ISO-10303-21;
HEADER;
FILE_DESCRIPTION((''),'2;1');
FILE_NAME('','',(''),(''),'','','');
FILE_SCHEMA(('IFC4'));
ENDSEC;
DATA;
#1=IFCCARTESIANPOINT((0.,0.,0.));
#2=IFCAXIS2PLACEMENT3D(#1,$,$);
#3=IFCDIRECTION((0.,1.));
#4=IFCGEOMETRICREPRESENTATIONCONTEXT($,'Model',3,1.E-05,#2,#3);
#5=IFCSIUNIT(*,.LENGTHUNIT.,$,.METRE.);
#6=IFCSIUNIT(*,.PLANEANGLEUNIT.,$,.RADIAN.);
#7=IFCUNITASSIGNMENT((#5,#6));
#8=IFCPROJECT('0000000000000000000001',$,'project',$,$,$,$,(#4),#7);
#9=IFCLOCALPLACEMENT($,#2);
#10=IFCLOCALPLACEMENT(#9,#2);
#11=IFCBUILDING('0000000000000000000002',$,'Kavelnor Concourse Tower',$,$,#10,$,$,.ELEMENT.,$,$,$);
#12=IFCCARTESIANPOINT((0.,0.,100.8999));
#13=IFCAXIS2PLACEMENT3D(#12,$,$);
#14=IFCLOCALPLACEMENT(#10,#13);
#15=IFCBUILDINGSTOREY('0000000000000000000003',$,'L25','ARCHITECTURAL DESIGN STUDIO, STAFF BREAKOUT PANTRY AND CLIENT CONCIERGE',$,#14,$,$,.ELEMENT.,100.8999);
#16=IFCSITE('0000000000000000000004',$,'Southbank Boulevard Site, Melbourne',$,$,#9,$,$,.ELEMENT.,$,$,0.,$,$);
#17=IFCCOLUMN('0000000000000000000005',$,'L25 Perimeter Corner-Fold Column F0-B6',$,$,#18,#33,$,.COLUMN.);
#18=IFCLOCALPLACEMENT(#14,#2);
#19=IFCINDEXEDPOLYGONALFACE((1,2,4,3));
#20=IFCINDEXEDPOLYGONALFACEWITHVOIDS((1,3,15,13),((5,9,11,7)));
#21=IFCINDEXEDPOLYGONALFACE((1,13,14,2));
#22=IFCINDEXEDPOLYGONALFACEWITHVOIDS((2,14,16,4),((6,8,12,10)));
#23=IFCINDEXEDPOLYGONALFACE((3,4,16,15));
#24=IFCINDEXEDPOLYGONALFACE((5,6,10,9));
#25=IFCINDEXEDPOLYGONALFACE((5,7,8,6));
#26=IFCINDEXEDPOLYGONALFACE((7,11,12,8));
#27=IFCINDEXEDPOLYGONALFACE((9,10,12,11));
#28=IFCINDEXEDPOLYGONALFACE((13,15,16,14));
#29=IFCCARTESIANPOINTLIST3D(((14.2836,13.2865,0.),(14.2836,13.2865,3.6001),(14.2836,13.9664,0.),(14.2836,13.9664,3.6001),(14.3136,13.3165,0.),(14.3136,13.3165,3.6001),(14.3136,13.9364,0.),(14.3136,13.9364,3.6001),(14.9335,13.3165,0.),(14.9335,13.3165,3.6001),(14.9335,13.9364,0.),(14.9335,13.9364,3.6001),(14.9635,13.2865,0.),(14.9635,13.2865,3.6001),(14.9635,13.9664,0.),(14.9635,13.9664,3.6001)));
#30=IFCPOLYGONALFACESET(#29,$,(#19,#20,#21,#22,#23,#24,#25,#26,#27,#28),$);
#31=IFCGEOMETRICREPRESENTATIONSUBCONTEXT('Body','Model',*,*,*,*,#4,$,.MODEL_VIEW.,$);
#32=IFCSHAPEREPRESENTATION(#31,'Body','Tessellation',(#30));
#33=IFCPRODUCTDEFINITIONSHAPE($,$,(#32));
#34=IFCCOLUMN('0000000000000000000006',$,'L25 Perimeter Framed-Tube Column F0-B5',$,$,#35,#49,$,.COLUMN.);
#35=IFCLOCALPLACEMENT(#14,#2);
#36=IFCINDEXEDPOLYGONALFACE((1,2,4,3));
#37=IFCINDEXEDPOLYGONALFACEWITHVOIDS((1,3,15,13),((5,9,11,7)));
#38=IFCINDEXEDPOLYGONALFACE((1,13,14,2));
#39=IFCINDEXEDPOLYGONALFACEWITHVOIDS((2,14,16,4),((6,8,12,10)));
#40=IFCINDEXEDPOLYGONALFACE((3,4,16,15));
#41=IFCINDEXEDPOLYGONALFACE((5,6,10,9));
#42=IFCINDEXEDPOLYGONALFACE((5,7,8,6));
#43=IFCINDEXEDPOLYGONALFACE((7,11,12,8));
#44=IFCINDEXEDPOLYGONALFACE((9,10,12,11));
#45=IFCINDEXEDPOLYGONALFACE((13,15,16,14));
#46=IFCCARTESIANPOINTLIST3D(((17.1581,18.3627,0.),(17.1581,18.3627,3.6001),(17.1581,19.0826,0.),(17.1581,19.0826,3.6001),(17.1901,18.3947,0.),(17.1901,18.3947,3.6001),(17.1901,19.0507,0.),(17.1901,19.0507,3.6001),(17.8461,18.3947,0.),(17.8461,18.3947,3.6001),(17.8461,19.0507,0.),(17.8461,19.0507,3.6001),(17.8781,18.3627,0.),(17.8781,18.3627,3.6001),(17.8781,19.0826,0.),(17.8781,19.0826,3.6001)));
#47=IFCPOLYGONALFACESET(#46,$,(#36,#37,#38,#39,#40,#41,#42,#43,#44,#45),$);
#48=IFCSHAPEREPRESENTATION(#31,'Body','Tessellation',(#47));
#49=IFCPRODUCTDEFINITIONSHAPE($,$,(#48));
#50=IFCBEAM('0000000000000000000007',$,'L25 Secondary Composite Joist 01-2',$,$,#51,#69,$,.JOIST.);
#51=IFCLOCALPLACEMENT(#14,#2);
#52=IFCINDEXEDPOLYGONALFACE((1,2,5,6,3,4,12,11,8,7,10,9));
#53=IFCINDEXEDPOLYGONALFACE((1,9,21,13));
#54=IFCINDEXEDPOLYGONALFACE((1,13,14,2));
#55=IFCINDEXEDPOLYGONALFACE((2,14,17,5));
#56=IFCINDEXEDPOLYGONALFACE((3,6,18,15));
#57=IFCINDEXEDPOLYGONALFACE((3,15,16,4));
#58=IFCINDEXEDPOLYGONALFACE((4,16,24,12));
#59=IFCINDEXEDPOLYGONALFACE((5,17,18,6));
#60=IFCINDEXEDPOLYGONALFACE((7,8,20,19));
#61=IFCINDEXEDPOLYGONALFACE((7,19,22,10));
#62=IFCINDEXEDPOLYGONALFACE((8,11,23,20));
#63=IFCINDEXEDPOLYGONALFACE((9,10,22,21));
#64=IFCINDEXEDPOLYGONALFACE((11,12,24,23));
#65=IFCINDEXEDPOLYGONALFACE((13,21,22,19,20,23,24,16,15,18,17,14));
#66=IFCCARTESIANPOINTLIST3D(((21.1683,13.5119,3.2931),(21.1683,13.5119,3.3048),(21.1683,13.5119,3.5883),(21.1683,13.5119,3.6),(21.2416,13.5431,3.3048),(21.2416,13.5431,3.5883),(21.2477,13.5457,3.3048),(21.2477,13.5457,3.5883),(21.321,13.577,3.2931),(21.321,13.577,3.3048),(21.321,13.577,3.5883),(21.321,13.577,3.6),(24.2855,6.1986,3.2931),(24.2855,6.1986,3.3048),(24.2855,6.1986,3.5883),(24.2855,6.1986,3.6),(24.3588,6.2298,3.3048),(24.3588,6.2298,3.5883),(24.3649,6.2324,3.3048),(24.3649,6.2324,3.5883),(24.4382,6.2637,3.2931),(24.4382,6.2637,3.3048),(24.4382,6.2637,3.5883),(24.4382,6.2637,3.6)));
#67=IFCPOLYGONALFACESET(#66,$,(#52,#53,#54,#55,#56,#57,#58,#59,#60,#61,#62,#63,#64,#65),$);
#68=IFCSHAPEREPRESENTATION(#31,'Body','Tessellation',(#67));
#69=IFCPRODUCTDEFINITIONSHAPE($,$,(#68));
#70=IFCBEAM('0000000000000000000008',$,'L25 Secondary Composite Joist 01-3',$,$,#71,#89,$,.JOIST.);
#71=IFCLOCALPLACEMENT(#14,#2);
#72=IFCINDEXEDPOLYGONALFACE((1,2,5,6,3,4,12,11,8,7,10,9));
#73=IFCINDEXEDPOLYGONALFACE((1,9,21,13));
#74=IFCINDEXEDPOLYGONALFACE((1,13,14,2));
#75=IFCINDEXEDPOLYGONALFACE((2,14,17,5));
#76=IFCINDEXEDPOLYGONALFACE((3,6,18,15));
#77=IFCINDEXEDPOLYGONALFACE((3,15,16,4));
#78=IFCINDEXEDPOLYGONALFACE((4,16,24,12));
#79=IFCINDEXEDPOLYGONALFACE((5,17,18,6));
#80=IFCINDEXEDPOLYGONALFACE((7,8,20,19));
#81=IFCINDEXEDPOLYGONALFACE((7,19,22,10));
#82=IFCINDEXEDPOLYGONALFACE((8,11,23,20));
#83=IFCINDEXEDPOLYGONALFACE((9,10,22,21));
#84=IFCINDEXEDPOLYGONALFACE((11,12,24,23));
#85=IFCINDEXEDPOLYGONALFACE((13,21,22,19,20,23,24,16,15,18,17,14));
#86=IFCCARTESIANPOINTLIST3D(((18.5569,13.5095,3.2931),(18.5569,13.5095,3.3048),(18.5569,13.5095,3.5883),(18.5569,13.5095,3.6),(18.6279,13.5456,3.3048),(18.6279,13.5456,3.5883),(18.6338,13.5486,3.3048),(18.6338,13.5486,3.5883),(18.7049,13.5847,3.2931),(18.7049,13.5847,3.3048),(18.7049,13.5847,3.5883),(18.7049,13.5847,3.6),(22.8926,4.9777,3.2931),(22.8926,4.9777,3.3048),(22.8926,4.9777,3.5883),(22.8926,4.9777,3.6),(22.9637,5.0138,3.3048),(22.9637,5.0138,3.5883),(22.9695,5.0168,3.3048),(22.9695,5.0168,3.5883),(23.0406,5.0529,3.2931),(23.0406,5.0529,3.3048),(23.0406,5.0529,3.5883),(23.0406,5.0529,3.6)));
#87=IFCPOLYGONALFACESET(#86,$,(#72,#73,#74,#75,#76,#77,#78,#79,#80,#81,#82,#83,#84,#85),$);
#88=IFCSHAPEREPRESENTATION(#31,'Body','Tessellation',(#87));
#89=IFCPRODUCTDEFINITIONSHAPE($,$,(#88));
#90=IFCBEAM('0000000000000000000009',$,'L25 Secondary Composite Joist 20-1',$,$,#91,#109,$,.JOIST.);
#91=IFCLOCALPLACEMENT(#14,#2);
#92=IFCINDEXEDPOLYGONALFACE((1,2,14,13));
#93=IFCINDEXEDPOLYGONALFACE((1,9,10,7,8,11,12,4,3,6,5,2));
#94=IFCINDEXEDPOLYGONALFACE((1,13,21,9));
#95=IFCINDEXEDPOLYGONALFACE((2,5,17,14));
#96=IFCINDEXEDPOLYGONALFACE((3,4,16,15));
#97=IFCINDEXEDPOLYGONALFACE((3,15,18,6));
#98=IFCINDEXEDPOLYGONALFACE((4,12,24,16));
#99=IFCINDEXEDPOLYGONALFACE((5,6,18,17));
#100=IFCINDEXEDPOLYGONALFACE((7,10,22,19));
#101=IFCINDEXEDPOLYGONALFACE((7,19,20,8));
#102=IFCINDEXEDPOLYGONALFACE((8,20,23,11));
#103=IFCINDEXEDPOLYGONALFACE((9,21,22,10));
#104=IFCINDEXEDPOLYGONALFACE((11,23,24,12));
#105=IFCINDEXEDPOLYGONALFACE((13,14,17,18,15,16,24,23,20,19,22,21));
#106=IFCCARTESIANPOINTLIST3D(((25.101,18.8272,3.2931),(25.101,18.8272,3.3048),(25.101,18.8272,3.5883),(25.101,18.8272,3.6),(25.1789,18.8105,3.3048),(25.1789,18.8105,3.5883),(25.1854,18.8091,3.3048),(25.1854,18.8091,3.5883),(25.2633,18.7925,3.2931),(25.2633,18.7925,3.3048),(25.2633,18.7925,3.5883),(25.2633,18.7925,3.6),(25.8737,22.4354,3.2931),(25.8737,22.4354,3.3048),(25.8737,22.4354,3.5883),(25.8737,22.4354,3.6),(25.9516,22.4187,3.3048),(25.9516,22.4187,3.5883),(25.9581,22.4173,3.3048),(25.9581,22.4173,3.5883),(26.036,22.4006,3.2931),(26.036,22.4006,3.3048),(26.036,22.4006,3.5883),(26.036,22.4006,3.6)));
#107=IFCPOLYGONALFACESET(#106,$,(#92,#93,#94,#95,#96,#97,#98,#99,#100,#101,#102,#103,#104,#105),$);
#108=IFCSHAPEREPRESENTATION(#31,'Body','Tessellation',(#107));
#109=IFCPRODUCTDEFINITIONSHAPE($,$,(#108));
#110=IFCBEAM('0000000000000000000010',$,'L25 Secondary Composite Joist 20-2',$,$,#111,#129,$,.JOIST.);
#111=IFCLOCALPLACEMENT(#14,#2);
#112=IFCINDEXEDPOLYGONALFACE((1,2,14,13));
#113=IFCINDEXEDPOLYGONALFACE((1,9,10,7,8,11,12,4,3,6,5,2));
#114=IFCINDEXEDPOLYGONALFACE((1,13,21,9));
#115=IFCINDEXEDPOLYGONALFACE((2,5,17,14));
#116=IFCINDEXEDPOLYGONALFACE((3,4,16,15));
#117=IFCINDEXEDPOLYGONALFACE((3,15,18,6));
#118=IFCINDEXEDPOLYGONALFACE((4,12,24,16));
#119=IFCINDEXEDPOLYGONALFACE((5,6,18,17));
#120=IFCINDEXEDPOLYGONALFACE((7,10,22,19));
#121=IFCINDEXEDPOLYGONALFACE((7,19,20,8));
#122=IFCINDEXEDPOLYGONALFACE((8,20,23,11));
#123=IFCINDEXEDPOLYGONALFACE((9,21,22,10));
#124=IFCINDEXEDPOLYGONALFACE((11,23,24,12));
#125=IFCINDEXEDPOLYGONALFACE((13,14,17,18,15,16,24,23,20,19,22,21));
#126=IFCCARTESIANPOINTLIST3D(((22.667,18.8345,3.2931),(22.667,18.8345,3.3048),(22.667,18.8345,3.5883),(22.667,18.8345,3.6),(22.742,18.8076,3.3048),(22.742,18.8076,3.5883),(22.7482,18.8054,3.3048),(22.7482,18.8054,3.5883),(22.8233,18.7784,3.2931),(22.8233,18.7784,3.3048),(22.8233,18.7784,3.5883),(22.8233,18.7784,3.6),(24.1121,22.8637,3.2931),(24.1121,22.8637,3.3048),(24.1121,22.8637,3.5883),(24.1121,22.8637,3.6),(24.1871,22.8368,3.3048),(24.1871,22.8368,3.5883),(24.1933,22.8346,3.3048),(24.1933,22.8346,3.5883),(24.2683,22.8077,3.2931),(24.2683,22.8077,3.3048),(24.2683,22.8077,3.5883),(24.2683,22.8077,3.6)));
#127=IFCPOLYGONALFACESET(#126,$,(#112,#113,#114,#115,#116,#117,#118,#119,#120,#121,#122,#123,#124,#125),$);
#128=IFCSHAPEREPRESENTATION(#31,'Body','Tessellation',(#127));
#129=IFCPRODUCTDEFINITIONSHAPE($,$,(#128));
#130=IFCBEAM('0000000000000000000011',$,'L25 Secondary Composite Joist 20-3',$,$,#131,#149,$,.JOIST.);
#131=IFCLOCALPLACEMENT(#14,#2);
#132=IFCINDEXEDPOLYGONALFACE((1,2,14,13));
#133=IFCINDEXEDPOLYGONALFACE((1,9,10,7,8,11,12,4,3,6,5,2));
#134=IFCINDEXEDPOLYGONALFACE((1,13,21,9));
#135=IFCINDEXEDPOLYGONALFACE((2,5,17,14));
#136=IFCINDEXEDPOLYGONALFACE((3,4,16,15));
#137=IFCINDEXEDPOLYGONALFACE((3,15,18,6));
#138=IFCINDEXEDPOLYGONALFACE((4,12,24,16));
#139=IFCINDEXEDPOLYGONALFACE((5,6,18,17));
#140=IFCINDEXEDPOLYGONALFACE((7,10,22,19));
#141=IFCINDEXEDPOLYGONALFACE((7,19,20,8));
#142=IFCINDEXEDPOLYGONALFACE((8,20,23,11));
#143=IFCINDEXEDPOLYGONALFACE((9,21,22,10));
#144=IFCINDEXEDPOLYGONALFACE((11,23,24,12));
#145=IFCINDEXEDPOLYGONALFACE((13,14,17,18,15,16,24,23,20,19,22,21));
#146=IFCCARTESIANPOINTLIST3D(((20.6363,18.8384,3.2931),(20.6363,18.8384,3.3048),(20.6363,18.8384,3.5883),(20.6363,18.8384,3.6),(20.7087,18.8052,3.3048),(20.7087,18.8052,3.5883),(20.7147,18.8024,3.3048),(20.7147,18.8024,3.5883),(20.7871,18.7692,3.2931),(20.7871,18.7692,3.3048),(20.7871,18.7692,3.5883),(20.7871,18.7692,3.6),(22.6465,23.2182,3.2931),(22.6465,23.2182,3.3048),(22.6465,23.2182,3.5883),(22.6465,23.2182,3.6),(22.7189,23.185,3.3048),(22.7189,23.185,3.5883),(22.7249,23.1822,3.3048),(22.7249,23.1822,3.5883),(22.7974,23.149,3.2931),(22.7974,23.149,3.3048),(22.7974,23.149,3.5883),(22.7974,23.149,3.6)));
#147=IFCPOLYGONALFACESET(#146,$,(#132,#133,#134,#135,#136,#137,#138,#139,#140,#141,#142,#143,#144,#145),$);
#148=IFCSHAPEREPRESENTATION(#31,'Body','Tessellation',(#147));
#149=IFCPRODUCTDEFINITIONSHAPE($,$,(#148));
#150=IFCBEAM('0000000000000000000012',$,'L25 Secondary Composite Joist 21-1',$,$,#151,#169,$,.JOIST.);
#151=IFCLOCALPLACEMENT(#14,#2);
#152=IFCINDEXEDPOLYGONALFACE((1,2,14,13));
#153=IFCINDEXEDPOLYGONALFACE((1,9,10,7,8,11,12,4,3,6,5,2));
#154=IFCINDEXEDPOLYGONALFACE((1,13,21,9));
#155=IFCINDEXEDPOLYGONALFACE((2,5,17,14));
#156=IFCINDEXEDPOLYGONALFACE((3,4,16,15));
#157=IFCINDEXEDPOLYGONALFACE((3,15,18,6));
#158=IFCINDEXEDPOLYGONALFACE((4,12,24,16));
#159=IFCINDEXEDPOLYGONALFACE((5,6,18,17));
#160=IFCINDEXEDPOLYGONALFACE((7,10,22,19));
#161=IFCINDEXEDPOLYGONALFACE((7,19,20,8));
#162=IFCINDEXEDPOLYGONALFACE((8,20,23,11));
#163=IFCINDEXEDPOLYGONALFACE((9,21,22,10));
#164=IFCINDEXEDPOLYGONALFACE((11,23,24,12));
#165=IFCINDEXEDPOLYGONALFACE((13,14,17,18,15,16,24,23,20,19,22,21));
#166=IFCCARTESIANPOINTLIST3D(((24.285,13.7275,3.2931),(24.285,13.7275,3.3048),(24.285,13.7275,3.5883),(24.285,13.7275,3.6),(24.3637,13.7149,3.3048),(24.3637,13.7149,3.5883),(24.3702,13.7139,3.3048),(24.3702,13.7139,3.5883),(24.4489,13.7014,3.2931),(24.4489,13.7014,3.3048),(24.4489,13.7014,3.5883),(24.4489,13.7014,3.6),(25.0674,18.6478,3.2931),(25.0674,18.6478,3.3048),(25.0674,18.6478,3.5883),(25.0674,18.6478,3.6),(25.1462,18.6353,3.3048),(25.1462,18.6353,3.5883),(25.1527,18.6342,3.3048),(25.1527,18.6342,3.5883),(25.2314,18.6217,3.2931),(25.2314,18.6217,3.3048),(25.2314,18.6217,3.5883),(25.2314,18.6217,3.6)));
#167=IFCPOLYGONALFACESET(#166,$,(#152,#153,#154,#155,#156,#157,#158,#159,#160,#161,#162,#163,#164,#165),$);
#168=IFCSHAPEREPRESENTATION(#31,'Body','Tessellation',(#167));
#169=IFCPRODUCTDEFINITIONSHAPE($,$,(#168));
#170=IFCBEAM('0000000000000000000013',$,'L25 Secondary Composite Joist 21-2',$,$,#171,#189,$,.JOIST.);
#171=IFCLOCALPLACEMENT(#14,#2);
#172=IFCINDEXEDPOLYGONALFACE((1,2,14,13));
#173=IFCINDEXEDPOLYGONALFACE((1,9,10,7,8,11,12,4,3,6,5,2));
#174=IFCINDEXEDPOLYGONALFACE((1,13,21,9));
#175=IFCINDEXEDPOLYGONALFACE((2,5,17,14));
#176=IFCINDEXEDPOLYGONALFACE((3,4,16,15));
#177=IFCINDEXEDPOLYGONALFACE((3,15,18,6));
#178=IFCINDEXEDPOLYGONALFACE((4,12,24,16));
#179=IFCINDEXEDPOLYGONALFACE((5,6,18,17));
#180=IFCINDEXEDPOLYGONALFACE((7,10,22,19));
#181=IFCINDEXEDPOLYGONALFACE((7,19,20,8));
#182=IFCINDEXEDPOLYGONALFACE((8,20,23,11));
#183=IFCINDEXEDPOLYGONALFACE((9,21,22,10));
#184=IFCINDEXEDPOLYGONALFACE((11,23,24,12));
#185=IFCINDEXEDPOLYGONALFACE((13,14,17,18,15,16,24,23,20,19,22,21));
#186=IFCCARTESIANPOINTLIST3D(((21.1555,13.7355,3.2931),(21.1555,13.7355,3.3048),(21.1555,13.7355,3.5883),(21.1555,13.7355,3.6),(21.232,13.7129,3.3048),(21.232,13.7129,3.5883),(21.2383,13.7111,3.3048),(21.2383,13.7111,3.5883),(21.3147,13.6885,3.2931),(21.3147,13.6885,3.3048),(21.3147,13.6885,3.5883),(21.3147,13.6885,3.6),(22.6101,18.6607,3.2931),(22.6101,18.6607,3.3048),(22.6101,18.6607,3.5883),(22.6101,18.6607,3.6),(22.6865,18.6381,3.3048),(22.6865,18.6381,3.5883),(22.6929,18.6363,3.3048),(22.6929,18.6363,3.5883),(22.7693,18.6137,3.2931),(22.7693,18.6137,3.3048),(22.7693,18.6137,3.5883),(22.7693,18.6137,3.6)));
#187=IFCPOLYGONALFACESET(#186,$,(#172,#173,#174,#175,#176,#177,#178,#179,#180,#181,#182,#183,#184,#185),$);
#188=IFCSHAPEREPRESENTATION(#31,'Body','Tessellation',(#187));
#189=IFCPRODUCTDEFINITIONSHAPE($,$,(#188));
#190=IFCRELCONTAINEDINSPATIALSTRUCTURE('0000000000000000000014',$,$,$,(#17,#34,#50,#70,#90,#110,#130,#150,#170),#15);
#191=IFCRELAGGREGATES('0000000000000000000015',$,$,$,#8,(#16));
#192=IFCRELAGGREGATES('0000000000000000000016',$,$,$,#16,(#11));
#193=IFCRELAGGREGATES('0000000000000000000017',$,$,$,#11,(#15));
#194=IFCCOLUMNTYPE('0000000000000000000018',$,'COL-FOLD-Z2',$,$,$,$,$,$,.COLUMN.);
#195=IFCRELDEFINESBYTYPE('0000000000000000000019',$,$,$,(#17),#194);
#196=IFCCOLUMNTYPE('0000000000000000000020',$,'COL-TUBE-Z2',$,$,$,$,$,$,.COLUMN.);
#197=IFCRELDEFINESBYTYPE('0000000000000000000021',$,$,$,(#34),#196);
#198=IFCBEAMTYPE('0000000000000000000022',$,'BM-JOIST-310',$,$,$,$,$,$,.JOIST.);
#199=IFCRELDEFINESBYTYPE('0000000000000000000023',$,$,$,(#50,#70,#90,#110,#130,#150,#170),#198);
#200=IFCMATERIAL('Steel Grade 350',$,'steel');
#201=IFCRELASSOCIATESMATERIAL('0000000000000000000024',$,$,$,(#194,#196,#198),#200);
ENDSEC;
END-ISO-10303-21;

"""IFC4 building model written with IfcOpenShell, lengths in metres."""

from ifc_helpers import new_model, si_unit, direction, frame, origin, origin_2d, place, context, subcontext, project, spatial, hollow_rectangle, i_section, extrude, material, material_profile, profile_set, type_object, element, save


model = new_model("IFC4")

# Units and contexts
model_context = context("Model", 3, precision=1e-05, world=origin(), true_north=direction((0.0, 1.0)))
body_context = subcontext(model_context, "Body", "Model", "MODEL_VIEW")
ifc_project = project(units=[si_unit("LENGTHUNIT", "METRE"), si_unit("PLANEANGLEUNIT", "RADIAN")], contexts=[model_context])

# Site, building, storey
site_placement = place(None, origin())
site = spatial("IfcSite", under=ifc_project, at=site_placement, Name="Southbank Boulevard Site, Melbourne", CompositionType="ELEMENT", RefElevation=0.0)
building_placement = place(site_placement, origin())
building = spatial("IfcBuilding", under=site, at=building_placement, Name="Kavelnor Concourse Tower", CompositionType="ELEMENT")
storey_placement = place(building_placement, frame((0.0, 0.0, 100.8999)))
storey = spatial("IfcBuildingStorey", under=building, at=storey_placement, Name="L25", Description="ARCHITECTURAL DESIGN STUDIO, STAFF BREAKOUT PANTRY AND CLIENT CONCIERGE", CompositionType="ELEMENT", Elevation=100.8999)

# Columns
ifc_material_1 = material(Name="Steel Grade 350", Category="steel")
ifc_material_profile_1 = material_profile(ifc_material_1, hollow_rectangle(XDim=0.6799, YDim=0.6799, WallThickness=0.03, at=origin_2d()), Name="SHS 680x680x30")
ifc_profile_set_1 = profile_set([ifc_material_profile_1], Name="Steel Grade 350")
column_type_1 = type_object("IfcColumnType", Name="COL-FOLD-Z2", PredefinedType="COLUMN", material=ifc_profile_set_1)
column_1_placement = place(storey_placement, frame((14.6235, 13.6265, 0.0), z_axis=(0.0, 0.0, 1.0), x_axis=(1.0, 0.0, 0.0)))
element("IfcColumn", 1, at=column_1_placement, inside=storey, type_object=column_type_1, Name="L25 Perimeter Corner-Fold Column F0-B6", PredefinedType="COLUMN", context=body_context, shape_type="SweptSolid", body=[
    extrude(hollow_rectangle(XDim=0.6799, YDim=0.6799, WallThickness=0.03, at=origin_2d()), origin(), (0.0, 0.0, 1.0), 3.6001),
])
ifc_material_profile_2 = material_profile(ifc_material_1, hollow_rectangle(XDim=0.72, YDim=0.72, WallThickness=0.032, at=origin_2d()), Name="SHS 720x720x32")
ifc_profile_set_2 = profile_set([ifc_material_profile_2], Name="Steel Grade 350")
column_type_2 = type_object("IfcColumnType", Name="COL-TUBE-Z2", PredefinedType="COLUMN", material=ifc_profile_set_2)
column_2_placement = place(storey_placement, frame((17.5181, 18.7227, 0.0), z_axis=(0.0, 0.0, 1.0), x_axis=(1.0, 0.0, 0.0)))
element("IfcColumn", 2, at=column_2_placement, inside=storey, type_object=column_type_2, Name="L25 Perimeter Framed-Tube Column F0-B5", PredefinedType="COLUMN", context=body_context, shape_type="SweptSolid", body=[
    extrude(hollow_rectangle(XDim=0.72, YDim=0.72, WallThickness=0.032, at=origin_2d()), origin(), (0.0, 0.0, 1.0), 3.6001),
])

# Beams
ifc_material_profile_3 = material_profile(ifc_material_1, i_section(OverallWidth=0.166, OverallDepth=0.3069, WebThickness=0.0066, FlangeThickness=0.0117, at=origin_2d()), Name="310UB46")
ifc_profile_set_3 = profile_set([ifc_material_profile_3], Name="Steel Grade 350")
beam_type_1 = type_object("IfcBeamType", Name="BM-JOIST-310", PredefinedType="JOIST", material=ifc_profile_set_3)
beam_1_placement = place(storey_placement, frame((21.2446, 13.5444, 3.4465), z_axis=(0.392106, -0.91992, 0.0), x_axis=(0.91992, 0.392106, 0.0)))
element("IfcBeam", 3, at=beam_1_placement, inside=storey, type_object=beam_type_1, Name="L25 Secondary Composite Joist 01-2", PredefinedType="JOIST", context=body_context, shape_type="SweptSolid", body=[
    extrude(i_section(OverallWidth=0.166, OverallDepth=0.3069, WebThickness=0.0066, FlangeThickness=0.0117, at=origin_2d()), origin(), (0.0, 0.0, 1.0), 7.95),
])
beam_2_placement = place(storey_placement, frame((18.6309, 13.5471, 3.4465), z_axis=(0.453041, -0.89149, 0.0), x_axis=(0.89149, 0.453041, 0.0)))
element("IfcBeam", 4, at=beam_2_placement, inside=storey, type_object=beam_type_1, Name="L25 Secondary Composite Joist 01-3", PredefinedType="JOIST", context=body_context, shape_type="SweptSolid", body=[
    extrude(i_section(OverallWidth=0.166, OverallDepth=0.3069, WebThickness=0.0066, FlangeThickness=0.0117, at=origin_2d()), origin(), (0.0, 0.0, 1.0), 9.5703),
])
beam_3_placement = place(storey_placement, frame((25.9548, 22.418, 3.4465), z_axis=(-0.209407, -0.977829, 0.0), x_axis=(0.977829, -0.209407, 0.0)))
element("IfcBeam", 5, at=beam_3_placement, inside=storey, type_object=beam_type_1, Name="L25 Secondary Composite Joist 20-1", PredefinedType="JOIST", context=body_context, shape_type="SweptSolid", body=[
    extrude(i_section(OverallWidth=0.166, OverallDepth=0.3069, WebThickness=0.0066, FlangeThickness=0.0117, at=origin_2d()), origin(), (0.0, 0.0, 1.0), 3.6899),
])
beam_4_placement = place(storey_placement, frame((24.1902, 22.8357, 3.4465), z_axis=(-0.337586, -0.941295, 0.0), x_axis=(0.941295, -0.337586, 0.0)))
element("IfcBeam", 6, at=beam_4_placement, inside=storey, type_object=beam_type_1, Name="L25 Secondary Composite Joist 20-2", PredefinedType="JOIST", context=body_context, shape_type="SweptSolid", body=[
    extrude(i_section(OverallWidth=0.166, OverallDepth=0.3069, WebThickness=0.0066, FlangeThickness=0.0117, at=origin_2d()), origin(), (0.0, 0.0, 1.0), 4.2805),
])
beam_5_placement = place(storey_placement, frame((22.7219, 23.1836, 3.4465), z_axis=(-0.417136, -0.908844, 0.0), x_axis=(0.908844, -0.417136, 0.0)))
element("IfcBeam", 7, at=beam_5_placement, inside=storey, type_object=beam_type_1, Name="L25 Secondary Composite Joist 20-3", PredefinedType="JOIST", context=body_context, shape_type="SweptSolid", body=[
    extrude(i_section(OverallWidth=0.166, OverallDepth=0.3069, WebThickness=0.0066, FlangeThickness=0.0117, at=origin_2d()), origin(), (0.0, 0.0, 1.0), 4.8191),
])
beam_6_placement = place(storey_placement, frame((25.1494, 18.6348, 3.4465), z_axis=(-0.157052, -0.98759, 0.0), x_axis=(0.98759, -0.157052, 0.0)))
element("IfcBeam", 8, at=beam_6_placement, inside=storey, type_object=beam_type_1, Name="L25 Secondary Composite Joist 21-1", PredefinedType="JOIST", context=body_context, shape_type="SweptSolid", body=[
    extrude(i_section(OverallWidth=0.166, OverallDepth=0.3069, WebThickness=0.0066, FlangeThickness=0.0117, at=origin_2d()), origin(), (0.0, 0.0, 1.0), 4.9822),
])
beam_7_placement = place(storey_placement, frame((22.6897, 18.6372, 3.4465), z_axis=(-0.283237, -0.95905, 0.0), x_axis=(0.95905, -0.283237, 0.0)))
element("IfcBeam", 9, at=beam_7_placement, inside=storey, type_object=beam_type_1, Name="L25 Secondary Composite Joist 21-2", PredefinedType="JOIST", context=body_context, shape_type="SweptSolid", body=[
    extrude(i_section(OverallWidth=0.166, OverallDepth=0.3069, WebThickness=0.0066, FlangeThickness=0.0117, at=origin_2d()), origin(), (0.0, 0.0, 1.0), 5.1355),
])

save(model, "model.ifc")
